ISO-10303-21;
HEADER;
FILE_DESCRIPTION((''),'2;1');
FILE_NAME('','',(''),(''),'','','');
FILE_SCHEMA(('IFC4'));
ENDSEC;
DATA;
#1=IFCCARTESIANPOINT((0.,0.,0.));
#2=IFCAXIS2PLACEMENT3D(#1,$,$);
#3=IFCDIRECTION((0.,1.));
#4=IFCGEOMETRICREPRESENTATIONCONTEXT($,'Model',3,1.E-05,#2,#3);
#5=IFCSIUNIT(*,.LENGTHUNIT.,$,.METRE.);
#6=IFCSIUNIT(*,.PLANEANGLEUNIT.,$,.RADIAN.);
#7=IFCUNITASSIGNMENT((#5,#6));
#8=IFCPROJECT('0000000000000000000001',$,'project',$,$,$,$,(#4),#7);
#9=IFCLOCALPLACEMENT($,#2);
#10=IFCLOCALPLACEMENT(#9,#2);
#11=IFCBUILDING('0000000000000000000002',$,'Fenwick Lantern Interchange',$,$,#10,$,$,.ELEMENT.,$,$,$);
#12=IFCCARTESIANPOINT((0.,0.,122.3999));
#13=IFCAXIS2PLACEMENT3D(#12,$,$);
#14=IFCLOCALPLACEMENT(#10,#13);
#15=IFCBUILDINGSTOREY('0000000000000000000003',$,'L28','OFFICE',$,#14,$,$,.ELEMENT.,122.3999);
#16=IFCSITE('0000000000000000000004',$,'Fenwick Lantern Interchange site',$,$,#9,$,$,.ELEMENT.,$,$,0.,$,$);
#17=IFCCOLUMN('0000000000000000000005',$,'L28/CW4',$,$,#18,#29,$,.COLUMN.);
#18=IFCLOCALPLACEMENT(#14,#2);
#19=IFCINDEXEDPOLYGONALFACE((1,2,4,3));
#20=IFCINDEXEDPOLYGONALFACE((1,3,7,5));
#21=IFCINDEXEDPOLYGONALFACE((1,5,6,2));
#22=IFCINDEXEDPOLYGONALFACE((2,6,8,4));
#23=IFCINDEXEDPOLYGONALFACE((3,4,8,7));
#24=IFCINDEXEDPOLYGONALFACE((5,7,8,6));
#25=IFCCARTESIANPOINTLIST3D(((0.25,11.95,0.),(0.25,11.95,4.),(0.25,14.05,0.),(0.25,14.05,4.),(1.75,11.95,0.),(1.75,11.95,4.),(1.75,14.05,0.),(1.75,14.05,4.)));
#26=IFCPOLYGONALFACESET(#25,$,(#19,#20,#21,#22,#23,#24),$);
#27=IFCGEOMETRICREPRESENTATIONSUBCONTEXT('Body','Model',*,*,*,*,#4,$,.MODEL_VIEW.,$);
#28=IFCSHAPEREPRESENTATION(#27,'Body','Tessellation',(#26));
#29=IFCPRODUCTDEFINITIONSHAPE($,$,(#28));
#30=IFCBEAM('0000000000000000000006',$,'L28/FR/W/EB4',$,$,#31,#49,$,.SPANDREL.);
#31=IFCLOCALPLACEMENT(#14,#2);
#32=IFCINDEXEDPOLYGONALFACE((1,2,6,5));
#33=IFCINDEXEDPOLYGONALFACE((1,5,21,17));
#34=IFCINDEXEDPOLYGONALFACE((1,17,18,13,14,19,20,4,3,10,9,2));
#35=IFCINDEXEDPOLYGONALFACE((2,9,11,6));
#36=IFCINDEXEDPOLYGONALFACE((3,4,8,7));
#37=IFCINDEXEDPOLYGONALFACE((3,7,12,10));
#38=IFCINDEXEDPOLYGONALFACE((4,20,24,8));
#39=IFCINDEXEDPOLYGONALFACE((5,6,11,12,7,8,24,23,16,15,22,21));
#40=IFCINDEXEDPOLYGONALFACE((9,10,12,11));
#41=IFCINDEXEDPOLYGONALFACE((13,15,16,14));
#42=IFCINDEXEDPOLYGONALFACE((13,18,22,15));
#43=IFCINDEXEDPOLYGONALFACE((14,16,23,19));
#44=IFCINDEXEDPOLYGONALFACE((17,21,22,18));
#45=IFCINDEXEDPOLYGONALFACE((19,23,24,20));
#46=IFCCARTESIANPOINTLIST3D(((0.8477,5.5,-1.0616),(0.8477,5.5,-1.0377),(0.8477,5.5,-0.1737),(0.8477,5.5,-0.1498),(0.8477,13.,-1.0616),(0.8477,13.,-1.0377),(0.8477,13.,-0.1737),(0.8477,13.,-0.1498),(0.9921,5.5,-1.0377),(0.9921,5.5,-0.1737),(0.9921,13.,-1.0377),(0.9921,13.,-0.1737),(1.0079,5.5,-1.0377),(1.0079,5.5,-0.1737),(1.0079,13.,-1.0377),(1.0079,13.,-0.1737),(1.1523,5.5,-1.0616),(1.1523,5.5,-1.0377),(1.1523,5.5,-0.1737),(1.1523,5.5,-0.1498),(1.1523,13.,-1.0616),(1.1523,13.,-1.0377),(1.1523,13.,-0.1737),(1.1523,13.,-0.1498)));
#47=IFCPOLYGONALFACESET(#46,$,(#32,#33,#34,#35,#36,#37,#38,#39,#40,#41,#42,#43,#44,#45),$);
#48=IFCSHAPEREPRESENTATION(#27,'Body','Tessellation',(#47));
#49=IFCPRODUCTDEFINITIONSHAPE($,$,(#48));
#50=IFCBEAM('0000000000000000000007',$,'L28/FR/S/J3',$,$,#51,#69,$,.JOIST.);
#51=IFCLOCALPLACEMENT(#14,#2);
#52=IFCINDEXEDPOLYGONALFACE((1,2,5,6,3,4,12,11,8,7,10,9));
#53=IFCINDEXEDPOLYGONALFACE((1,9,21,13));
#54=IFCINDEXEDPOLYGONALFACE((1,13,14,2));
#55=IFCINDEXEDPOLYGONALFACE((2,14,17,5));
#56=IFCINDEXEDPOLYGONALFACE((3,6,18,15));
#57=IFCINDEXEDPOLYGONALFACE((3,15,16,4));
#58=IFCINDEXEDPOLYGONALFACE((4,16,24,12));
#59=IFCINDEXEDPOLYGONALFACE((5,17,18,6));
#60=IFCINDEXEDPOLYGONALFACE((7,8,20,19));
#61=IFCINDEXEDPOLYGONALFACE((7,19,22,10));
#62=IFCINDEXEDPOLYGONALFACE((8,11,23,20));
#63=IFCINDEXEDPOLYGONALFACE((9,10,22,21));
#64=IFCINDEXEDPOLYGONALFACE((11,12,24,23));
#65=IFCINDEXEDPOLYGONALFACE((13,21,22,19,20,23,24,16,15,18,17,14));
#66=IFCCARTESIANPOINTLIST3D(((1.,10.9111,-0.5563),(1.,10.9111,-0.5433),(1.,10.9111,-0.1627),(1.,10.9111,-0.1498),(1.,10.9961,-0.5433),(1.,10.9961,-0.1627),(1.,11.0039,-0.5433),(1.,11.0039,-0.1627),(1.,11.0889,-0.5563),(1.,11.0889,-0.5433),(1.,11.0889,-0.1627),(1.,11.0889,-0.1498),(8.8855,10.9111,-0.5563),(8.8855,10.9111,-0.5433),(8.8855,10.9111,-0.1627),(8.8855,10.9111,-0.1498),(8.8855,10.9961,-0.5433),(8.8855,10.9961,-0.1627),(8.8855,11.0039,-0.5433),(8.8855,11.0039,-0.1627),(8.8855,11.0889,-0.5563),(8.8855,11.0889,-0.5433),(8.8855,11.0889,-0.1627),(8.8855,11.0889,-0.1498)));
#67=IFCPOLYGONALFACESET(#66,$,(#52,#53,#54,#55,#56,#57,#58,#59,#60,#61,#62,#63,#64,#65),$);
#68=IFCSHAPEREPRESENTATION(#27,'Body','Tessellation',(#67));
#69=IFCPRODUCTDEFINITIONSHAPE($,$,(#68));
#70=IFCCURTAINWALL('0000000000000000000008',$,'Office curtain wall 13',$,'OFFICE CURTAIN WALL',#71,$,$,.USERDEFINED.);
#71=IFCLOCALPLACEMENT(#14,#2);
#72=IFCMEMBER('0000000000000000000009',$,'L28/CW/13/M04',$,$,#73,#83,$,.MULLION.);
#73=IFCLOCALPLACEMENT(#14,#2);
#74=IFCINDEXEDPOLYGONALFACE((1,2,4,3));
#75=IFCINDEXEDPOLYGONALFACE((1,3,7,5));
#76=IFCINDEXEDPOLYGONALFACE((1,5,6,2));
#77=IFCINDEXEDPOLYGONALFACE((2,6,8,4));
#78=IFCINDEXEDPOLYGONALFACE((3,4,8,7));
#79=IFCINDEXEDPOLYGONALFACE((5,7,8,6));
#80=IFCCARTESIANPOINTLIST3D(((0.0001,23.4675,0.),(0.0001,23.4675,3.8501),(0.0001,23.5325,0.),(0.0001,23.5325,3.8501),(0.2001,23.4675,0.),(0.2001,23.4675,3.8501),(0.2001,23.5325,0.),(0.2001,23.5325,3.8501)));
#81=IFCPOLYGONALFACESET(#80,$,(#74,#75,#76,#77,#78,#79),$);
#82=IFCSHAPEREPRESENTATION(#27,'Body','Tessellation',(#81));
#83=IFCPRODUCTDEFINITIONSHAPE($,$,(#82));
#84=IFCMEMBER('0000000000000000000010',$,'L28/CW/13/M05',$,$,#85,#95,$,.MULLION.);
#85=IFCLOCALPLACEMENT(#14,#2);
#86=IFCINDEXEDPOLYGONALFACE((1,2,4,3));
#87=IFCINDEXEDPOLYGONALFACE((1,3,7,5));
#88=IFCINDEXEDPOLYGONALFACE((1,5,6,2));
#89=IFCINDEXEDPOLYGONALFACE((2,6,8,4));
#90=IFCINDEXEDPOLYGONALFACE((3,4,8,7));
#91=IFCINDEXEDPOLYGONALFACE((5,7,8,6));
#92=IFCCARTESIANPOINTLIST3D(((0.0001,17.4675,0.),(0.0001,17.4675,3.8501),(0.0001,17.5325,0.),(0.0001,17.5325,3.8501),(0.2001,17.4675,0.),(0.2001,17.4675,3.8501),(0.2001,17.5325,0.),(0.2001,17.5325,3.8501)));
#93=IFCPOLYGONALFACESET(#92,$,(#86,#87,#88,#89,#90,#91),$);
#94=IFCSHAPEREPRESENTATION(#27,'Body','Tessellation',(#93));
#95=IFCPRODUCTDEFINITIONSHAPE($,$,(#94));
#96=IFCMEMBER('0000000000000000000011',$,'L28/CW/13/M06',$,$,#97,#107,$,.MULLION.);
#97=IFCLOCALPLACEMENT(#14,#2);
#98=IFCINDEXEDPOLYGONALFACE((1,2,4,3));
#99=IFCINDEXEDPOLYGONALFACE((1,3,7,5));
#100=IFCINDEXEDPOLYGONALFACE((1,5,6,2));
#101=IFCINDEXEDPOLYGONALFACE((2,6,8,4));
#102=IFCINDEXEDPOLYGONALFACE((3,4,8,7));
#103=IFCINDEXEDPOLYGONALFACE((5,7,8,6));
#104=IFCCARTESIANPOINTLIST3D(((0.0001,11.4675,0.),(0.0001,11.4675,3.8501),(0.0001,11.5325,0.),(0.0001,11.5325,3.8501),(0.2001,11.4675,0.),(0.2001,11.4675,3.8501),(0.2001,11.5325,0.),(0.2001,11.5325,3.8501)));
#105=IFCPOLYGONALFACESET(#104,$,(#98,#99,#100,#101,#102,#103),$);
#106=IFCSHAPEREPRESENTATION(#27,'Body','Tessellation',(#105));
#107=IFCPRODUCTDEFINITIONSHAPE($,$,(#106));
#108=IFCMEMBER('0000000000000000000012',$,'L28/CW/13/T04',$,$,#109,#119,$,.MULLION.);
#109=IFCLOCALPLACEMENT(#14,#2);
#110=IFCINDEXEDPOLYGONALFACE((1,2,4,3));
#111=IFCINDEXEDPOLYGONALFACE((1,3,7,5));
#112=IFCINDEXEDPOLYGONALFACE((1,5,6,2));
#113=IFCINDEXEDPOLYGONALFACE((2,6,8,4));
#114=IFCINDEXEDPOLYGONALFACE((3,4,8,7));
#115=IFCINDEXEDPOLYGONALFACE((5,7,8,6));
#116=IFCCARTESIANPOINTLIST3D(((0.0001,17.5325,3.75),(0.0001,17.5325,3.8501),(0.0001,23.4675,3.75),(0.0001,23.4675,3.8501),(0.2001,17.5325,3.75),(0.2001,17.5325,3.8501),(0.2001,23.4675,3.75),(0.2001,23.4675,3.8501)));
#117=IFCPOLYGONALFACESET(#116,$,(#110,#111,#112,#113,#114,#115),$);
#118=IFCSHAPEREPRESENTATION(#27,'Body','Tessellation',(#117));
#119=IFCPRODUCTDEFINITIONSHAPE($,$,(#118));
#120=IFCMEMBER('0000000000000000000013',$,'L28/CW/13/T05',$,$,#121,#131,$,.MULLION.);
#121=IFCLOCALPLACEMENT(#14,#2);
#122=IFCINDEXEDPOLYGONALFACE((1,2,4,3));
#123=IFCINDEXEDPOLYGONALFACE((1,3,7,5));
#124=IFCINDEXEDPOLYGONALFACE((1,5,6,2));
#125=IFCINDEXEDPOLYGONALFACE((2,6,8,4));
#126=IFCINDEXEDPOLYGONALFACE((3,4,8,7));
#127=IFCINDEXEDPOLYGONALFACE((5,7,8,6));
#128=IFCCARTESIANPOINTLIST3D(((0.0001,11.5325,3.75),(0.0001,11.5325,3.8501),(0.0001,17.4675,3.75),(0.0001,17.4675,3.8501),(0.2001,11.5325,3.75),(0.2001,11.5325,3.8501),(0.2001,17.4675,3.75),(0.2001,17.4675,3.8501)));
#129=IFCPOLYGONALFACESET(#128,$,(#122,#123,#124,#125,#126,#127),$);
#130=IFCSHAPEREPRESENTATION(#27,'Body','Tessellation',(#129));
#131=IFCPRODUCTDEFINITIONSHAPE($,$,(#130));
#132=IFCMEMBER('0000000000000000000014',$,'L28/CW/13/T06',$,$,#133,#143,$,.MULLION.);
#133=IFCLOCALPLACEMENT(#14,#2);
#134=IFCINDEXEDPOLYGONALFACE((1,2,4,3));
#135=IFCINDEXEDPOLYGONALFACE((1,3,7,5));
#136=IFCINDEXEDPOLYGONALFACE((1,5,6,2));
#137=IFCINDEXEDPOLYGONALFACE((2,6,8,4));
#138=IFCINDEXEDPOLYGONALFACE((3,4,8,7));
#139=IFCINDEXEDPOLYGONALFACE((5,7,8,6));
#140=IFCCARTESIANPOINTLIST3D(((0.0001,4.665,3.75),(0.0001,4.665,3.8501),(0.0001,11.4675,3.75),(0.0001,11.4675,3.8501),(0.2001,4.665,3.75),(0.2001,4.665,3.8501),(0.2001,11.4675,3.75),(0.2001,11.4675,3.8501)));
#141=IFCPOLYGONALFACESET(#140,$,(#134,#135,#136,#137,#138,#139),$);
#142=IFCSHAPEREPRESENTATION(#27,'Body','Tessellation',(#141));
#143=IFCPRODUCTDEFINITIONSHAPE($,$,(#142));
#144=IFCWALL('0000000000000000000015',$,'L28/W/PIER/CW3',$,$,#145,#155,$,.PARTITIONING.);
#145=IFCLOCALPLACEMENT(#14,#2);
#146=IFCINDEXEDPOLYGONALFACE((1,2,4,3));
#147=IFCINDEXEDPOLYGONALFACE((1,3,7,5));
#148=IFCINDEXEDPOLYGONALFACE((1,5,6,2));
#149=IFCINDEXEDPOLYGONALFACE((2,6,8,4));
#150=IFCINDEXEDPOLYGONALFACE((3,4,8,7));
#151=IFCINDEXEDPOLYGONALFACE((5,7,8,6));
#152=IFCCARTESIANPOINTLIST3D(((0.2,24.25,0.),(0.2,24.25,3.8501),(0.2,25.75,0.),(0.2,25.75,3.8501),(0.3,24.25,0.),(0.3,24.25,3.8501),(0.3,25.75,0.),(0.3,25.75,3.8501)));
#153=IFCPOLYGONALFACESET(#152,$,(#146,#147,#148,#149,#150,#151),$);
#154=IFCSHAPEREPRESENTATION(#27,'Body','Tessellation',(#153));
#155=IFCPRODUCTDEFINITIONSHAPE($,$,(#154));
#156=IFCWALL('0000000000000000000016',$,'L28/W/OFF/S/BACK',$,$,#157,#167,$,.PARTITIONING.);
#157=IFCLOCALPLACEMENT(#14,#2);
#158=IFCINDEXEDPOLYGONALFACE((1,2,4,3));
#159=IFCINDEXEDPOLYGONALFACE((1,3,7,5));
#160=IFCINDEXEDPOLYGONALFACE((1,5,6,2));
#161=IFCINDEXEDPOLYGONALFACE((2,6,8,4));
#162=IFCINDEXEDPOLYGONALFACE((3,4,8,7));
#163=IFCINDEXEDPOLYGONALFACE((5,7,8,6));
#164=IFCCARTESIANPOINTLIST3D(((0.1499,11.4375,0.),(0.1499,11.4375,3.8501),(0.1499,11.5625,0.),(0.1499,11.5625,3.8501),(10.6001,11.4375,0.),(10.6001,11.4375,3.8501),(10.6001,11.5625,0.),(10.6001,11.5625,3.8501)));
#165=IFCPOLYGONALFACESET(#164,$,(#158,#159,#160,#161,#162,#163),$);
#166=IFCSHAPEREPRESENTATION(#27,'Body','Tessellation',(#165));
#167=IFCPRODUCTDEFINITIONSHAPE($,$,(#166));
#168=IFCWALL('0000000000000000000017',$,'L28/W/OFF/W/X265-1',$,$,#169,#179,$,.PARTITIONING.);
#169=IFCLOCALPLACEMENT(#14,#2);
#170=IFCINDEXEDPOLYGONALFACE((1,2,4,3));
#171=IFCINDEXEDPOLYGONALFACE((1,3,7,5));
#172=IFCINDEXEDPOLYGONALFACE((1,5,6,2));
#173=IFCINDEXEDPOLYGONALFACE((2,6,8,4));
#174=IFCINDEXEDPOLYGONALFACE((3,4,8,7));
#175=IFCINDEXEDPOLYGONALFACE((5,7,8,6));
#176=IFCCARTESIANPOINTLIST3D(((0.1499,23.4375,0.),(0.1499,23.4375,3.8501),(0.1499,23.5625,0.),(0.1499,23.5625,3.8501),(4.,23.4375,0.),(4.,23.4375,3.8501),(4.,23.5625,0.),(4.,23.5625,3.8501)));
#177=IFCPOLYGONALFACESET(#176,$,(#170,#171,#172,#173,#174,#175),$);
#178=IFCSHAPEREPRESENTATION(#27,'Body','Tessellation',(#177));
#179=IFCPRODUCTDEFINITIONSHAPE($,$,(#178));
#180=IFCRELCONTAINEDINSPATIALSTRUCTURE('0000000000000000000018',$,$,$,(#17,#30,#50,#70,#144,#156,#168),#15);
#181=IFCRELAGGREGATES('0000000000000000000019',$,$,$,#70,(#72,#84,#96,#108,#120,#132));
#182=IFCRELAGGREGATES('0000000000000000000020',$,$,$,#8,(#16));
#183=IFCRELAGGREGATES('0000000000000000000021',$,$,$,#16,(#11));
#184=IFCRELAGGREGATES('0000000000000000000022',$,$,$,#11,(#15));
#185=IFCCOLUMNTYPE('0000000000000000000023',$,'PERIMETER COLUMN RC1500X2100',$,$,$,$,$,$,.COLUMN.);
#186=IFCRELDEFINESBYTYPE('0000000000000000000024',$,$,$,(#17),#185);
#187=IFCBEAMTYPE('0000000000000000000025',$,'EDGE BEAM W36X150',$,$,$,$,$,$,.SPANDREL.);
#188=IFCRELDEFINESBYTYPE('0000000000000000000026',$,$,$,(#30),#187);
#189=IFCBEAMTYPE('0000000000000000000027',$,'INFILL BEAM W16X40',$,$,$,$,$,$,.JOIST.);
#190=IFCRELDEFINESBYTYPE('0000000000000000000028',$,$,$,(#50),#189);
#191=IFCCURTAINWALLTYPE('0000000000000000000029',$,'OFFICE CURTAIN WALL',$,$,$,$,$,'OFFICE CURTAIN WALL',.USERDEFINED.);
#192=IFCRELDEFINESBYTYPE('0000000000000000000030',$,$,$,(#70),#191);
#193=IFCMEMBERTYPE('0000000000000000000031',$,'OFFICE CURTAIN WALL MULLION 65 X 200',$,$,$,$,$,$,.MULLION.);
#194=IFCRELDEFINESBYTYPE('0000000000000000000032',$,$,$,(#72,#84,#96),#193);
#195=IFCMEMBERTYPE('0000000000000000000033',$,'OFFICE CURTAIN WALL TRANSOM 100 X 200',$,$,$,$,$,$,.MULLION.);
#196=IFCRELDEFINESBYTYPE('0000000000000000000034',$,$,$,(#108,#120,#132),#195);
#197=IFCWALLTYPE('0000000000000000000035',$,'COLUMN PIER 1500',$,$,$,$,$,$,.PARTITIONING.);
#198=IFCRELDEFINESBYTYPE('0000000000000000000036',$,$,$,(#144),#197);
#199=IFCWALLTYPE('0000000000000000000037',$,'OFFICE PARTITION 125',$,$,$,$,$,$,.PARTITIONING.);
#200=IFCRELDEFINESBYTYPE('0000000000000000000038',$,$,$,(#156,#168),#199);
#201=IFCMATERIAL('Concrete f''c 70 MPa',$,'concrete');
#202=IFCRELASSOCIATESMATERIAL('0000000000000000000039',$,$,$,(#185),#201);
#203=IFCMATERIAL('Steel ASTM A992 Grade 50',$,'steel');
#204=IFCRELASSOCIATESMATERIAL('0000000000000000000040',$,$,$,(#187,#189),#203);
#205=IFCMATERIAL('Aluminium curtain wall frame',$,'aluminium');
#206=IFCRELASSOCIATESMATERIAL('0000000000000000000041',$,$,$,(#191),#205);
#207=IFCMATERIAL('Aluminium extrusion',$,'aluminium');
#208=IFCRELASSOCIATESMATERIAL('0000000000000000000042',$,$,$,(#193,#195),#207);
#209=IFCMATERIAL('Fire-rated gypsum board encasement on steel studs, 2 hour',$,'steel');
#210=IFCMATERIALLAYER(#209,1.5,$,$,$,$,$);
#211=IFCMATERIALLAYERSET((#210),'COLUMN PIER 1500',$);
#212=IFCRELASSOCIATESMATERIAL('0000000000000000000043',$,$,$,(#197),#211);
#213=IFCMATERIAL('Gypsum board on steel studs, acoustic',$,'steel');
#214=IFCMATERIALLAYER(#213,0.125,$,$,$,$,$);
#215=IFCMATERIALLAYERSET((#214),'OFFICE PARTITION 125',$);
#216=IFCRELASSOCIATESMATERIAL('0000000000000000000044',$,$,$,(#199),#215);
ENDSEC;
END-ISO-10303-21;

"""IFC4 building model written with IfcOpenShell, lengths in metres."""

from ifc_helpers import new_model, si_unit, direction, frame, frame_2d, origin, origin_2d, place, context, subcontext, project, spatial, rectangle, i_section, extrude, material, layer, layer_set, material_profile, profile_set, type_object, element, aggregate, save


model = new_model("IFC4")

# Units and contexts
model_context = context("Model", 3, precision=1e-05, world=origin(), true_north=direction((0.0, 1.0)))
body_context = subcontext(model_context, "Body", "Model", "MODEL_VIEW")
ifc_project = project(units=[si_unit("LENGTHUNIT", "METRE"), si_unit("PLANEANGLEUNIT", "RADIAN")], contexts=[model_context])

# Site, building, storey
site_placement = place(None, origin())
site = spatial("IfcSite", under=ifc_project, at=site_placement, Name="Fenwick Lantern Interchange site", CompositionType="ELEMENT", RefElevation=0.0)
building_placement = place(site_placement, origin())
building = spatial("IfcBuilding", under=site, at=building_placement, Name="Fenwick Lantern Interchange", CompositionType="ELEMENT")
storey_placement = place(building_placement, frame((0.0, 0.0, 122.3999)))
storey = spatial("IfcBuildingStorey", under=building, at=storey_placement, Name="L28", Description="OFFICE", CompositionType="ELEMENT", Elevation=122.3999)

# Column
ifc_material_1 = material(Name="Concrete f'c 70 MPa", Category="concrete")
ifc_material_profile_1 = material_profile(ifc_material_1, rectangle(XDim=1.5, YDim=2.1001, at=origin_2d()), Name="RC1500X2100")
ifc_profile_set_1 = profile_set([ifc_material_profile_1], Name="Concrete f'c 70 MPa")
column_type = type_object("IfcColumnType", Name="PERIMETER COLUMN RC1500X2100", PredefinedType="COLUMN", material=ifc_profile_set_1)
column_placement = place(storey_placement, frame((1.0, 13.0, 0.0), z_axis=(0.0, 0.0, 1.0), x_axis=(1.0, 0.0, 0.0)))
element("IfcColumn", 1, at=column_placement, inside=storey, type_object=column_type, Name="L28/CW4", PredefinedType="COLUMN", context=body_context, shape_type="SweptSolid", body=[
    extrude(rectangle(XDim=1.5, YDim=2.1001, at=origin_2d()), origin(), (0.0, 0.0, 1.0), 4.0),
])

# Beams
ifc_material_2 = material(Name="Steel ASTM A992 Grade 50", Category="steel")
ifc_material_profile_2 = material_profile(ifc_material_2, i_section(OverallWidth=0.3047, OverallDepth=0.9119, WebThickness=0.0159, FlangeThickness=0.0239, at=origin_2d()), Name="W36X150")
ifc_profile_set_2 = profile_set([ifc_material_profile_2], Name="Steel ASTM A992 Grade 50")
beam_type_1 = type_object("IfcBeamType", Name="EDGE BEAM W36X150", PredefinedType="SPANDREL", material=ifc_profile_set_2)
beam_1_placement = place(storey_placement, frame((1.0, 13.0, -0.6057), z_axis=(0.0, -1.0, 0.0), x_axis=(1.0, 0.0, 0.0)))
element("IfcBeam", 2, at=beam_1_placement, inside=storey, type_object=beam_type_1, Name="L28/FR/W/EB4", PredefinedType="SPANDREL", context=body_context, shape_type="SweptSolid", body=[
    extrude(i_section(OverallWidth=0.3047, OverallDepth=0.9119, WebThickness=0.0159, FlangeThickness=0.0239, at=origin_2d()), origin(), (0.0, 0.0, 1.0), 7.5),
])
ifc_material_profile_3 = material_profile(ifc_material_2, i_section(OverallWidth=0.1777, OverallDepth=0.4065, WebThickness=0.0078, FlangeThickness=0.0129, at=origin_2d()), Name="W16X40")
ifc_profile_set_3 = profile_set([ifc_material_profile_3], Name="Steel ASTM A992 Grade 50")
beam_type_2 = type_object("IfcBeamType", Name="INFILL BEAM W16X40", PredefinedType="JOIST", material=ifc_profile_set_3)
beam_2_placement = place(storey_placement, frame((1.0, 11.0, -0.353), z_axis=(1.0, 0.0, 0.0), x_axis=(0.0, 1.0, 0.0)))
element("IfcBeam", 3, at=beam_2_placement, inside=storey, type_object=beam_type_2, Name="L28/FR/S/J3", PredefinedType="JOIST", context=body_context, shape_type="SweptSolid", body=[
    extrude(i_section(OverallWidth=0.1777, OverallDepth=0.4065, WebThickness=0.0078, FlangeThickness=0.0129, at=origin_2d()), origin(), (0.0, 0.0, 1.0), 7.8855),
])

# Curtain wall, members
ifc_material_3 = material(Name="Aluminium curtain wall frame", Category="aluminium")
curtain_wall_type = type_object("IfcCurtainWallType", Name="OFFICE CURTAIN WALL", ElementType="OFFICE CURTAIN WALL", PredefinedType="USERDEFINED", material=ifc_material_3)
curtain_wall_placement = place(storey_placement, origin())
curtain_wall = element("IfcCurtainWall", 4, at=curtain_wall_placement, inside=storey, type_object=curtain_wall_type, Name="Office curtain wall 13", ObjectType="OFFICE CURTAIN WALL", PredefinedType="USERDEFINED")
ifc_material_4 = material(Name="Aluminium extrusion", Category="aluminium")
ifc_material_profile_4 = material_profile(ifc_material_4, rectangle(XDim=0.2, YDim=0.0649, at=origin_2d()), Name="OFFICE CURTAIN WALL MULLION 65 X 200")
ifc_profile_set_4 = profile_set([ifc_material_profile_4], Name="Aluminium extrusion")
member_type_1 = type_object("IfcMemberType", Name="OFFICE CURTAIN WALL MULLION 65 X 200", PredefinedType="MULLION", material=ifc_profile_set_4)
member_1_placement = place(storey_placement, frame((0.1001, 23.5, 0.0), z_axis=(0.0, 0.0, 1.0), x_axis=(1.0, 0.0, 0.0)))
member_1 = element("IfcMember", 5, at=member_1_placement, type_object=member_type_1, Name="L28/CW/13/M04", PredefinedType="MULLION", context=body_context, shape_type="SweptSolid", body=[
    extrude(rectangle(XDim=0.2, YDim=0.0649, at=origin_2d()), origin(), (0.0, 0.0, 1.0), 3.8501),
])
member_2_placement = place(storey_placement, frame((0.1001, 17.5, 0.0), z_axis=(0.0, 0.0, 1.0), x_axis=(1.0, 0.0, 0.0)))
member_2 = element("IfcMember", 6, at=member_2_placement, type_object=member_type_1, Name="L28/CW/13/M05", PredefinedType="MULLION", context=body_context, shape_type="SweptSolid", body=[
    extrude(rectangle(XDim=0.2, YDim=0.0649, at=origin_2d()), origin(), (0.0, 0.0, 1.0), 3.8501),
])
member_3_placement = place(storey_placement, frame((0.1001, 11.5, 0.0), z_axis=(0.0, 0.0, 1.0), x_axis=(1.0, 0.0, 0.0)))
member_3 = element("IfcMember", 7, at=member_3_placement, type_object=member_type_1, Name="L28/CW/13/M06", PredefinedType="MULLION", context=body_context, shape_type="SweptSolid", body=[
    extrude(rectangle(XDim=0.2, YDim=0.0649, at=origin_2d()), origin(), (0.0, 0.0, 1.0), 3.8501),
])
ifc_material_profile_5 = material_profile(ifc_material_4, rectangle(XDim=0.2, YDim=0.1001, at=origin_2d()), Name="OFFICE CURTAIN WALL TRANSOM 100 X 200")
ifc_profile_set_5 = profile_set([ifc_material_profile_5], Name="Aluminium extrusion")
member_type_2 = type_object("IfcMemberType", Name="OFFICE CURTAIN WALL TRANSOM 100 X 200", PredefinedType="MULLION", material=ifc_profile_set_5)
member_4_placement = place(storey_placement, frame((0.1001, 23.4675, 3.8), z_axis=(0.0, -1.0, 0.0), x_axis=(1.0, 0.0, 0.0)))
member_4 = element("IfcMember", 8, at=member_4_placement, type_object=member_type_2, Name="L28/CW/13/T04", PredefinedType="MULLION", context=body_context, shape_type="SweptSolid", body=[
    extrude(rectangle(XDim=0.2, YDim=0.1001, at=origin_2d()), origin(), (0.0, 0.0, 1.0), 5.9351),
])
member_5_placement = place(storey_placement, frame((0.1001, 17.4675, 3.8), z_axis=(0.0, -1.0, 0.0), x_axis=(1.0, 0.0, 0.0)))
member_5 = element("IfcMember", 9, at=member_5_placement, type_object=member_type_2, Name="L28/CW/13/T05", PredefinedType="MULLION", context=body_context, shape_type="SweptSolid", body=[
    extrude(rectangle(XDim=0.2, YDim=0.1001, at=origin_2d()), origin(), (0.0, 0.0, 1.0), 5.9351),
])
member_6_placement = place(storey_placement, frame((0.1001, 11.4675, 3.8), z_axis=(0.0, -1.0, 0.0), x_axis=(1.0, 0.0, 0.0)))
member_6 = element("IfcMember", 10, at=member_6_placement, type_object=member_type_2, Name="L28/CW/13/T06", PredefinedType="MULLION", context=body_context, shape_type="SweptSolid", body=[
    extrude(rectangle(XDim=0.2, YDim=0.1001, at=origin_2d()), origin(), (0.0, 0.0, 1.0), 6.8025),
])
aggregate(curtain_wall, [member_1, member_2, member_3, member_4, member_5, member_6])

# Walls
ifc_material_5 = material(Name="Fire-rated gypsum board encasement on steel studs, 2 hour", Category="steel")
ifc_layer_1 = layer(ifc_material_5, 1.5)
ifc_layer_set_1 = layer_set([ifc_layer_1], Name="COLUMN PIER 1500")
wall_type_1 = type_object("IfcWallType", Name="COLUMN PIER 1500", PredefinedType="PARTITIONING", material=ifc_layer_set_1)
wall_1_placement = place(storey_placement, frame((0.2, 25.0, 0.0), z_axis=(0.0, 0.0, 1.0), x_axis=(1.0, 0.0, 0.0)))
element("IfcWall", 11, at=wall_1_placement, inside=storey, type_object=wall_type_1, Name="L28/W/PIER/CW3", PredefinedType="PARTITIONING", context=body_context, shape_type="SweptSolid", body=[
    extrude(rectangle(XDim=0.1001, YDim=1.5, at=frame_2d((0.05, 0.0))), origin(), (0.0, 0.0, 1.0), 3.8501),
])
ifc_material_6 = material(Name="Gypsum board on steel studs, acoustic", Category="steel")
ifc_layer_2 = layer(ifc_material_6, 0.125)
ifc_layer_set_2 = layer_set([ifc_layer_2], Name="OFFICE PARTITION 125")
wall_type_2 = type_object("IfcWallType", Name="OFFICE PARTITION 125", PredefinedType="PARTITIONING", material=ifc_layer_set_2)
wall_2_placement = place(storey_placement, frame((0.1499, 11.5, 0.0), z_axis=(0.0, 0.0, 1.0), x_axis=(1.0, 0.0, 0.0)))
element("IfcWall", 12, at=wall_2_placement, inside=storey, type_object=wall_type_2, Name="L28/W/OFF/S/BACK", PredefinedType="PARTITIONING", context=body_context, shape_type="SweptSolid", body=[
    extrude(rectangle(XDim=10.4502, YDim=0.125, at=frame_2d((5.2251, 0.0))), origin(), (0.0, 0.0, 1.0), 3.8501),
])
for number, where, z_axis, x_axis, name in (
    (13, (0.1499, 23.5, 0.0), (0.0, 0.0, 1.0), (1.0, 0.0, 0.0), "L28/W/OFF/W/X265-1"),
):
    element("IfcWall", number, at=place(storey_placement, frame(where, z_axis=z_axis, x_axis=x_axis)), inside=storey, type_object=wall_type_2, Name=name, PredefinedType="PARTITIONING", context=body_context, shape_type="SweptSolid", body=[
        extrude(rectangle(XDim=3.8501, YDim=0.125, at=frame_2d((1.925, 0.0))), origin(), (0.0, 0.0, 1.0), 3.8501),
    ])

save(model, "model.ifc")
